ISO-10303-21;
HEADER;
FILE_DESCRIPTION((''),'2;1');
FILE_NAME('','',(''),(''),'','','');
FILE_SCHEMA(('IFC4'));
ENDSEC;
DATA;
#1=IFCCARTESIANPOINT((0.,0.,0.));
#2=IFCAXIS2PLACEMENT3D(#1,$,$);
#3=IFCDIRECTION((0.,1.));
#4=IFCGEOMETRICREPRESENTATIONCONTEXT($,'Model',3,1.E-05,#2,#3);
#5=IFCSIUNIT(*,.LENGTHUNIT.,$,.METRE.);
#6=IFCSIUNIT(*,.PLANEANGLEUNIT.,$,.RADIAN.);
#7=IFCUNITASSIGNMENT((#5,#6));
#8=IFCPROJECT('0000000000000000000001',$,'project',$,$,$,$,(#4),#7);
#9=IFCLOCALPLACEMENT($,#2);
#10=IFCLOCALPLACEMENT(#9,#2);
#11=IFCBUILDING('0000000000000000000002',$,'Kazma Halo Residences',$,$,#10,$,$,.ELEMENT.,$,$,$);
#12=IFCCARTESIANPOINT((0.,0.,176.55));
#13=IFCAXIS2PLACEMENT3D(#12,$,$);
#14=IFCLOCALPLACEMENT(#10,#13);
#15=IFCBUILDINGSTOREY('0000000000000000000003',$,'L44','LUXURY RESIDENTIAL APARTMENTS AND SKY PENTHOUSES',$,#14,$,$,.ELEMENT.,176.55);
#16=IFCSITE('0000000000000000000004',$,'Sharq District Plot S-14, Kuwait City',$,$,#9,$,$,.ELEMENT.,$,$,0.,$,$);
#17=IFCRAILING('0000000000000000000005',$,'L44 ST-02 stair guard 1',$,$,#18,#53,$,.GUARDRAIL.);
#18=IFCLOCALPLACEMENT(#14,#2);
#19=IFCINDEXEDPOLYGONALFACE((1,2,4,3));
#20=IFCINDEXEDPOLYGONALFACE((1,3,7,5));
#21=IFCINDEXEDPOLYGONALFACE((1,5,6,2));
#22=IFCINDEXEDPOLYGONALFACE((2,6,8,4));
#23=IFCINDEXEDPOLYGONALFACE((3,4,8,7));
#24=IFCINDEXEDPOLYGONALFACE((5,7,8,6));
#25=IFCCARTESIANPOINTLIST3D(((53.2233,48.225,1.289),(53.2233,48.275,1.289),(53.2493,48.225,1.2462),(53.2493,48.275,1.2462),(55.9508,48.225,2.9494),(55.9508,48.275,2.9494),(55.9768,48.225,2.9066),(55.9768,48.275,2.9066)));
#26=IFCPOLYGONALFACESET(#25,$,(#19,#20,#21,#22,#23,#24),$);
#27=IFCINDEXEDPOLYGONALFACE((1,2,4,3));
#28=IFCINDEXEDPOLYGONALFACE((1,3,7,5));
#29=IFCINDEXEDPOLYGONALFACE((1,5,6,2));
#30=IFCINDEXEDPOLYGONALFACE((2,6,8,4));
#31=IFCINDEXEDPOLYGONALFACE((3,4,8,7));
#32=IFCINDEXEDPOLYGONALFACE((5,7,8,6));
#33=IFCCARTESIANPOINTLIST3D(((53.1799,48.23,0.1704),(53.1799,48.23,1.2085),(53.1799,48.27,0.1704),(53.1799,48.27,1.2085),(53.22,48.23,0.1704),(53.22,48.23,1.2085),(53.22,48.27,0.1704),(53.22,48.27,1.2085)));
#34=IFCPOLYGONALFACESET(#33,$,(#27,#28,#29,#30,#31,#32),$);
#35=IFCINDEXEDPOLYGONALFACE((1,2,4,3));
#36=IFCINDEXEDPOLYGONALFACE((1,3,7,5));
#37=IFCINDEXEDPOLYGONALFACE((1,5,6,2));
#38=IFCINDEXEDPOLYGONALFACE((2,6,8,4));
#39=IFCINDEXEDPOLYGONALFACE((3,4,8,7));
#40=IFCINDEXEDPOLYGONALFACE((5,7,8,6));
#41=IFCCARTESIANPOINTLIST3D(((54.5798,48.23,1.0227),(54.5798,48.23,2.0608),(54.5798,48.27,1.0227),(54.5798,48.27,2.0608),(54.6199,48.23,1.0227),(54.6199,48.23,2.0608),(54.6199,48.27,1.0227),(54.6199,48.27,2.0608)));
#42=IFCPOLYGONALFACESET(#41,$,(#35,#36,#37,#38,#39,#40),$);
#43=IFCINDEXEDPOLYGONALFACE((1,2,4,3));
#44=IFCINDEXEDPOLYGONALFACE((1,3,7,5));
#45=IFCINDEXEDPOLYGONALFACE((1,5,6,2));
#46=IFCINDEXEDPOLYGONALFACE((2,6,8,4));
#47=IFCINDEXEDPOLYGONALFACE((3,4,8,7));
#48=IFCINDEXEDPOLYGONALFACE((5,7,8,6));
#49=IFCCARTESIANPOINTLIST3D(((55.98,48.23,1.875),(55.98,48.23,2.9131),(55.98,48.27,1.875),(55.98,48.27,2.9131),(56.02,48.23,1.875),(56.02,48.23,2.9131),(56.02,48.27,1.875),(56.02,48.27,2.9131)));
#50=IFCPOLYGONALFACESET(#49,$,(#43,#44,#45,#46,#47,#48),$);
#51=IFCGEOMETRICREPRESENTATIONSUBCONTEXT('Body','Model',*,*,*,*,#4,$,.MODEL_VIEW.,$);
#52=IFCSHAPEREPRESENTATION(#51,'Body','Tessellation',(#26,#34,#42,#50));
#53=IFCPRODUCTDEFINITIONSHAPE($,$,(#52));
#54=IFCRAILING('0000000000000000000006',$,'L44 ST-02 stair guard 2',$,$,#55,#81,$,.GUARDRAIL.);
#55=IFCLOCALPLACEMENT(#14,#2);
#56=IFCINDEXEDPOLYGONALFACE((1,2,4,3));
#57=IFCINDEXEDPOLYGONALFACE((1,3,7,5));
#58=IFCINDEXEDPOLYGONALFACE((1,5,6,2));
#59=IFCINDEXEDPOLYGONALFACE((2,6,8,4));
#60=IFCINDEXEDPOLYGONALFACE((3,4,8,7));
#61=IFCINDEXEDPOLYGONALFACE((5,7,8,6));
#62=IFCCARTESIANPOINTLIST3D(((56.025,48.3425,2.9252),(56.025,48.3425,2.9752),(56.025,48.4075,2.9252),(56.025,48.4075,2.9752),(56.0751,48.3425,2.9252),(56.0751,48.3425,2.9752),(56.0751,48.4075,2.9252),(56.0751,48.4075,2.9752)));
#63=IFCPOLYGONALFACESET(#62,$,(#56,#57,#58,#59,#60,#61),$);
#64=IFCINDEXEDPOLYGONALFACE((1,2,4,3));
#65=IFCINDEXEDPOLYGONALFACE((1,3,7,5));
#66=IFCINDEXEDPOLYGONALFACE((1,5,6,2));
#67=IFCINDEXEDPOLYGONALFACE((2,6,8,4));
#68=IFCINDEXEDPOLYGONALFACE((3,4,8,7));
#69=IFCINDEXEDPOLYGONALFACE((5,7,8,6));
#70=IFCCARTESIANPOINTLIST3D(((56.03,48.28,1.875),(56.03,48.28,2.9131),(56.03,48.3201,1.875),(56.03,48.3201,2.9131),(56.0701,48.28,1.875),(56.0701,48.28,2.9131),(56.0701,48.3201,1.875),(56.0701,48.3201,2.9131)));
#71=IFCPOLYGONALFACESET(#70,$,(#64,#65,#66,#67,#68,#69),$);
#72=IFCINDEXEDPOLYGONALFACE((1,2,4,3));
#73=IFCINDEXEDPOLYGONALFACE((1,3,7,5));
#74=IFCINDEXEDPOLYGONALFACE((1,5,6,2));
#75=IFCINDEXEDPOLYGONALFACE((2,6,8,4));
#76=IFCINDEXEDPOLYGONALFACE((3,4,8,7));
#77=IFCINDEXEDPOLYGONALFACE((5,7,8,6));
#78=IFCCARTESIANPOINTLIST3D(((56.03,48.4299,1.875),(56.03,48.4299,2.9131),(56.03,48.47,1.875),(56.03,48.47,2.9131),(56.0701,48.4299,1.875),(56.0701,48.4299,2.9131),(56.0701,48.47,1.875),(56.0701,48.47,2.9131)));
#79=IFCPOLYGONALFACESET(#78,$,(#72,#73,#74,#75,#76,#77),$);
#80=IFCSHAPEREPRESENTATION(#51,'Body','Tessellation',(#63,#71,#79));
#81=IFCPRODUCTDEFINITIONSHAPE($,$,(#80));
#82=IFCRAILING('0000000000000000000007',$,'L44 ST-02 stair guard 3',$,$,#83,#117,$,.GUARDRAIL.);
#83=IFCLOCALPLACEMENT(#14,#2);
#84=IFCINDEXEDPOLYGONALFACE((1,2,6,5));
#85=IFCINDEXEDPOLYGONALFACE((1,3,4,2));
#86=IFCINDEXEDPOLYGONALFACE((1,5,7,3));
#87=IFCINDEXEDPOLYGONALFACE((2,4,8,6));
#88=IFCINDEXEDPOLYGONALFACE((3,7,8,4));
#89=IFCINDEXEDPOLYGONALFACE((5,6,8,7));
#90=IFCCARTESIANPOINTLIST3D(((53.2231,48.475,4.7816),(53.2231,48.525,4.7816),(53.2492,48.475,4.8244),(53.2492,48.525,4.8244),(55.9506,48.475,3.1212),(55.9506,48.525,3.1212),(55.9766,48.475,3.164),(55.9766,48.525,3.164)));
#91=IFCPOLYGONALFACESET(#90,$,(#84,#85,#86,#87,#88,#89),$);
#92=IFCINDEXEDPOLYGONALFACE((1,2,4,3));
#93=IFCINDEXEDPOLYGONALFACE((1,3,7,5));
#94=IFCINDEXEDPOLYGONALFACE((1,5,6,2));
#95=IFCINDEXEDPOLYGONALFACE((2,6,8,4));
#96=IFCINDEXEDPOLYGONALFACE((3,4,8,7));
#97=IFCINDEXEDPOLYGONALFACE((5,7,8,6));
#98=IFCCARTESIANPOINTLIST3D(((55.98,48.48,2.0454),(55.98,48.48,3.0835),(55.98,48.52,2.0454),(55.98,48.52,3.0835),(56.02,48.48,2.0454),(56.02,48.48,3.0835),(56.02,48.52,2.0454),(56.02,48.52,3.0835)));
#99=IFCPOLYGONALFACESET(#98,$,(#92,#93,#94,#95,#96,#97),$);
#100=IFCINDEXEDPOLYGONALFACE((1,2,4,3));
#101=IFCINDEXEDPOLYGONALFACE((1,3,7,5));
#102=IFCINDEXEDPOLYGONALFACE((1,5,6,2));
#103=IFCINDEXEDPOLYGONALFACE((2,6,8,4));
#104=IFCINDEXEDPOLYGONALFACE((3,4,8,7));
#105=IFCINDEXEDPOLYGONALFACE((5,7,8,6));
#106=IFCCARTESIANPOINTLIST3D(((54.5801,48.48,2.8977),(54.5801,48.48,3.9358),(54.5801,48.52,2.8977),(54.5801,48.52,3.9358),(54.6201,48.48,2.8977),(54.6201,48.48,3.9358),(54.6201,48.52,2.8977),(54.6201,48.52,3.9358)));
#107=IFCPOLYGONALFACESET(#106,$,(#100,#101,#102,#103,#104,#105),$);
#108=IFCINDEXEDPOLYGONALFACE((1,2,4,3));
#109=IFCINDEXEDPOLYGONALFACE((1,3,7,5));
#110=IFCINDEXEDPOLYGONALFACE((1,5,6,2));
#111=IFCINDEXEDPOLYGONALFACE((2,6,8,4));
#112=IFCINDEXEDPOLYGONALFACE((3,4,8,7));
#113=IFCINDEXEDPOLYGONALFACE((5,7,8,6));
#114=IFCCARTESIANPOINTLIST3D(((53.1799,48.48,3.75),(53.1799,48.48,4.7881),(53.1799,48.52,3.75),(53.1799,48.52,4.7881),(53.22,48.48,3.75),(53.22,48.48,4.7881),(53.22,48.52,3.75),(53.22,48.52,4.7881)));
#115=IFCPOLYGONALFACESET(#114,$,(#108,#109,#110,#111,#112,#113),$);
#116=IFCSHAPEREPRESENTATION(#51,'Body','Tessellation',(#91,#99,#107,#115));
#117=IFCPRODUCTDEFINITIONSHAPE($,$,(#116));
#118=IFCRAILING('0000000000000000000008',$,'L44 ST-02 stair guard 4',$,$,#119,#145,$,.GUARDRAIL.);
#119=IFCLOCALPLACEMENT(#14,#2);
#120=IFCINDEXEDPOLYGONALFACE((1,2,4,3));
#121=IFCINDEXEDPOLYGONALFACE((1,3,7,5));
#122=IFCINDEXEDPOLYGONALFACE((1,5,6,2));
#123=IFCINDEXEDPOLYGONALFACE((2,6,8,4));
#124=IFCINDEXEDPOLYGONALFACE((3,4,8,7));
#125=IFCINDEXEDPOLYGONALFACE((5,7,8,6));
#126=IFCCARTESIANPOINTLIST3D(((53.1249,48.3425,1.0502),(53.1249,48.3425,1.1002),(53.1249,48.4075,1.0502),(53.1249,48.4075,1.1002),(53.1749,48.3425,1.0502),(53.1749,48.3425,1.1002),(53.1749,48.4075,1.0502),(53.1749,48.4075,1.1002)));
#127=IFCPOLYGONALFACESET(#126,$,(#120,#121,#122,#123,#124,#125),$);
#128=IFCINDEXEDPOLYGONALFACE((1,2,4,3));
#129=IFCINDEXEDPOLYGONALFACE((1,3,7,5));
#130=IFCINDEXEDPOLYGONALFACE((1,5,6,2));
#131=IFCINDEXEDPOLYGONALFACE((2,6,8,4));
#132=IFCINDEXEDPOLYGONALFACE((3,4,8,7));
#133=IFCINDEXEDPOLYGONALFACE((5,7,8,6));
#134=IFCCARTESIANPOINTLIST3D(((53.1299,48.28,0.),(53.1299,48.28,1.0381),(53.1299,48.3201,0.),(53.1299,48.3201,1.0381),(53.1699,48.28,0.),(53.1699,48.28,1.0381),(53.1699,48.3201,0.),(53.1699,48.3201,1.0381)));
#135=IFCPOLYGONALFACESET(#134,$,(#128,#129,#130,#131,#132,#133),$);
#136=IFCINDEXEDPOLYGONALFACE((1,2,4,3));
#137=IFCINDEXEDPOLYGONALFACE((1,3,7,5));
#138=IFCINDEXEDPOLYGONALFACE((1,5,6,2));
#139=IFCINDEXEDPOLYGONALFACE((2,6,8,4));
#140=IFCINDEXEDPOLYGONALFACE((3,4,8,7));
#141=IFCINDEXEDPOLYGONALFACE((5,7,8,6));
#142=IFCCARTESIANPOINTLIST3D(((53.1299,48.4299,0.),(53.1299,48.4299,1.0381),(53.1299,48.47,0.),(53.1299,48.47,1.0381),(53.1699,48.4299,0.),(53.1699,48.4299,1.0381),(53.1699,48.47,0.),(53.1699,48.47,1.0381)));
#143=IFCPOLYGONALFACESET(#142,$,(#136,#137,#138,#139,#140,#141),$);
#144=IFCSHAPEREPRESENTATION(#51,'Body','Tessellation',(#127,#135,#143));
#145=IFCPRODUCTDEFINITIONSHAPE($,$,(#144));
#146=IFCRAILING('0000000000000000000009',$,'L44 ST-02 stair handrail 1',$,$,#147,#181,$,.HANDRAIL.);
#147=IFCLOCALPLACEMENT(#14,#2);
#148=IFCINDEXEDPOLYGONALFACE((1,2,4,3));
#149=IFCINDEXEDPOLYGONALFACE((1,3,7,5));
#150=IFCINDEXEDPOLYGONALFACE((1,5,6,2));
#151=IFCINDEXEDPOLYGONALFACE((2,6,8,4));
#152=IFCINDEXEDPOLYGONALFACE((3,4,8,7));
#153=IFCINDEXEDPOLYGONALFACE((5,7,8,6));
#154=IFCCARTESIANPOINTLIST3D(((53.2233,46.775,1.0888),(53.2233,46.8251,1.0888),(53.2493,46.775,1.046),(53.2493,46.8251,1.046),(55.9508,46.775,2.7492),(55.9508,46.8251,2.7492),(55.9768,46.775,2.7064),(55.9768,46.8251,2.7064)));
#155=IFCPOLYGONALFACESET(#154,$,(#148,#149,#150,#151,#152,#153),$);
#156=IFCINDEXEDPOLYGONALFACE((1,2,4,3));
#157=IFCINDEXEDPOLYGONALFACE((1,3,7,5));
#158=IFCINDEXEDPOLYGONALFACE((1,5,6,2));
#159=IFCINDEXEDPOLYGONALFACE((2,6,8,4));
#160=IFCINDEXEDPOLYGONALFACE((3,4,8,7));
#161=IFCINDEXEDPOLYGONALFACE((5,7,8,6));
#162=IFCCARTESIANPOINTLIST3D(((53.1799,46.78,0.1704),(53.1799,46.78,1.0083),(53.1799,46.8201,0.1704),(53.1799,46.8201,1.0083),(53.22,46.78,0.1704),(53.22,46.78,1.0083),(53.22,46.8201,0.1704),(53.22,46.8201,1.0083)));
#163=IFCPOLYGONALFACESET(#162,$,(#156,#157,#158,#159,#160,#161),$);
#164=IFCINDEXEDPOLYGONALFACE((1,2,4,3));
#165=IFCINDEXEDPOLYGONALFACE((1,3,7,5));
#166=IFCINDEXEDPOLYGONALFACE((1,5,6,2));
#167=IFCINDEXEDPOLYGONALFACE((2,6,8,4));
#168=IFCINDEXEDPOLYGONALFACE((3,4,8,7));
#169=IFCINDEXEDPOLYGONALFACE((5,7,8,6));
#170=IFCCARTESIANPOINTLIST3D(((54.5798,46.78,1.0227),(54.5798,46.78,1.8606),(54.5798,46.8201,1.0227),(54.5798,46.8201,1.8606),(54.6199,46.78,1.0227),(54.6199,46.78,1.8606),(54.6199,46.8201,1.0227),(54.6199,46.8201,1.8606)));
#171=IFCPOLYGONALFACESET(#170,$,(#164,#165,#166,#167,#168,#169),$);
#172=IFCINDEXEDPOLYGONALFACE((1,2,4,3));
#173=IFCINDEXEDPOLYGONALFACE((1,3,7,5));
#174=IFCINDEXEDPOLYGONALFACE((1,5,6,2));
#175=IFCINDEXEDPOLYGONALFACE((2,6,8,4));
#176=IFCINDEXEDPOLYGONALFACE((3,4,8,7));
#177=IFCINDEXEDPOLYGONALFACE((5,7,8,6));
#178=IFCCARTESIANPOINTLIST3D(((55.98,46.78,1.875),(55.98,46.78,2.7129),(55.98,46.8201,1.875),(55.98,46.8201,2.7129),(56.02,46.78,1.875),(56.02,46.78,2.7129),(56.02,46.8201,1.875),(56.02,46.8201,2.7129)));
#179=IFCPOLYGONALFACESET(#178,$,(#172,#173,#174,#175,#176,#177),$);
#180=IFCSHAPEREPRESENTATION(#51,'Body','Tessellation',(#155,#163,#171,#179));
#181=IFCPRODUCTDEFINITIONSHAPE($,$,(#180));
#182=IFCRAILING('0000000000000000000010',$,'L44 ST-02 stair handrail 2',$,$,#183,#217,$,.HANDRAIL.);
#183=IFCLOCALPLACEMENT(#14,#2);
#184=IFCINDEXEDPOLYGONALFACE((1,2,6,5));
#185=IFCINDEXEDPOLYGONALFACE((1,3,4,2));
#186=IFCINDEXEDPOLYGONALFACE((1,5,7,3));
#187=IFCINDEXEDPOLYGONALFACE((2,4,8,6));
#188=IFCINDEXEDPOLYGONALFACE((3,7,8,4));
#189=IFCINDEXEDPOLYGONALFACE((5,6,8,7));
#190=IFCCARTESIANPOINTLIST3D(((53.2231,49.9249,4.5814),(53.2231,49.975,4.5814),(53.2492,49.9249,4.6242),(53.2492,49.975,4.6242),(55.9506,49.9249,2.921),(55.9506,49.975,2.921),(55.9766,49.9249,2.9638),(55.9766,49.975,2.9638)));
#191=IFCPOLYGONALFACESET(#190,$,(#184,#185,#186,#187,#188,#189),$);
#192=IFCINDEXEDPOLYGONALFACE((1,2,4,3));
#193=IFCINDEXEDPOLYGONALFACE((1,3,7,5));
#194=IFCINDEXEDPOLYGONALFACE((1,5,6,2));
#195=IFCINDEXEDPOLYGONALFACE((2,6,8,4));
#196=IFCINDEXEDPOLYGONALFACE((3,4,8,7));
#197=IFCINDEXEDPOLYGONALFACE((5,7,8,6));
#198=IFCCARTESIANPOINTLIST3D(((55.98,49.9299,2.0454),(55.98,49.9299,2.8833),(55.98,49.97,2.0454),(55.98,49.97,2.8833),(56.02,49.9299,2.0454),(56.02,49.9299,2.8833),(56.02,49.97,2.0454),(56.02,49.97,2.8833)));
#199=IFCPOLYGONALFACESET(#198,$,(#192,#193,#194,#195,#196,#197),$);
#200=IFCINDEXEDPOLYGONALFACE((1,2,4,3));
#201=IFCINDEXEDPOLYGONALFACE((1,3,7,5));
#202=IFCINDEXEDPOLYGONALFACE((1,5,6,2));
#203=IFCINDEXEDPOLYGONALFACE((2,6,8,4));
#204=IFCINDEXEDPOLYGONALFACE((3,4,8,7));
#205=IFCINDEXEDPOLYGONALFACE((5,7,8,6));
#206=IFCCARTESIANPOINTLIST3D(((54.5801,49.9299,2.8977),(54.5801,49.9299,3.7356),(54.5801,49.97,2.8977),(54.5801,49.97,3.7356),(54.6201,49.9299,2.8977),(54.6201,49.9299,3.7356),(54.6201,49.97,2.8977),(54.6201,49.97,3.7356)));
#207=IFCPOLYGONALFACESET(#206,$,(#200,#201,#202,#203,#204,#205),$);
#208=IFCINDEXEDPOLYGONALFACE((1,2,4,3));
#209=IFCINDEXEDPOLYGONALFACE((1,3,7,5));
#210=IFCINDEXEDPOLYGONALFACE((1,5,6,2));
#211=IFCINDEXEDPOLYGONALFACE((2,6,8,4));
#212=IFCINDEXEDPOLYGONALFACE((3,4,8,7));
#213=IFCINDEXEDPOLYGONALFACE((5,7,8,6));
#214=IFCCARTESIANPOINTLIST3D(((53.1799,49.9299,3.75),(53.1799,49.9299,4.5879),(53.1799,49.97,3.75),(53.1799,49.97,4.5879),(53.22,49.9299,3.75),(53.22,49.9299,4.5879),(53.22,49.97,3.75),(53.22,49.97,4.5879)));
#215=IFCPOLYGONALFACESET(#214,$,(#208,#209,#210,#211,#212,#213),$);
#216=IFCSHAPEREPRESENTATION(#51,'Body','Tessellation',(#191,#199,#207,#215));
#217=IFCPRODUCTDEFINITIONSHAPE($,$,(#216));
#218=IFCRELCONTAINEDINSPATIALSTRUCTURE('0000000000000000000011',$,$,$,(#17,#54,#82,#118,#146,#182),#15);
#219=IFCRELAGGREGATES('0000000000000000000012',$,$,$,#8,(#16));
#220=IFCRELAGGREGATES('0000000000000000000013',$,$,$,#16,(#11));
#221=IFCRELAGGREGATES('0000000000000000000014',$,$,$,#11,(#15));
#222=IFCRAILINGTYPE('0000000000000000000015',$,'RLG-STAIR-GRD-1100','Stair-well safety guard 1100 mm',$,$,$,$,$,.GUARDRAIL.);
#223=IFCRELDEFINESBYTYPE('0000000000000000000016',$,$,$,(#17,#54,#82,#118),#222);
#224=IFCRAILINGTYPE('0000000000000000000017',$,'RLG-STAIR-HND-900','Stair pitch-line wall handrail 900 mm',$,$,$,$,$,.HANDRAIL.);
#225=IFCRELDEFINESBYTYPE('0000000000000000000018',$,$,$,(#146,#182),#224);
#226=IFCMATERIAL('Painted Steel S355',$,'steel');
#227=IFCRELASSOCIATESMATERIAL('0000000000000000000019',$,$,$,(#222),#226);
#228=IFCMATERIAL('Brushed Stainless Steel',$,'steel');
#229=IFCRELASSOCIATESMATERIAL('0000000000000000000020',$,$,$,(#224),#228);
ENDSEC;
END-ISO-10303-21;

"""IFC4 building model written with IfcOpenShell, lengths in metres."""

from ifc_helpers import new_model, si_unit, direction, frame, origin, origin_2d, place, context, subcontext, project, spatial, rectangle, extrude, material, type_object, element, save


model = new_model("IFC4")

# Units and contexts
model_context = context("Model", 3, precision=1e-05, world=origin(), true_north=direction((0.0, 1.0)))
body_context = subcontext(model_context, "Body", "Model", "MODEL_VIEW")
ifc_project = project(units=[si_unit("LENGTHUNIT", "METRE"), si_unit("PLANEANGLEUNIT", "RADIAN")], contexts=[model_context])

# Site, building, storey
site_placement = place(None, origin())
site = spatial("IfcSite", under=ifc_project, at=site_placement, Name="Sharq District Plot S-14, Kuwait City", CompositionType="ELEMENT", RefElevation=0.0)
building_placement = place(site_placement, origin())
building = spatial("IfcBuilding", under=site, at=building_placement, Name="Kazma Halo Residences", CompositionType="ELEMENT")
storey_placement = place(building_placement, frame((0.0, 0.0, 176.55)))
storey = spatial("IfcBuildingStorey", under=building, at=storey_placement, Name="L44", Description="LUXURY RESIDENTIAL APARTMENTS AND SKY PENTHOUSES", CompositionType="ELEMENT", Elevation=176.55)

# Railings
ifc_material_1 = material(Name="Painted Steel S355", Category="steel")
railing_type_1 = type_object("IfcRailingType", Name="RLG-STAIR-GRD-1100", Description="Stair-well safety guard 1100 mm", PredefinedType="GUARDRAIL", material=ifc_material_1)
railing_1_placement = place(storey_placement, frame((53.2, 48.25, 0.1704)))
element("IfcRailing", 1, at=railing_1_placement, inside=storey, type_object=railing_type_1, Name="L44 ST-02 stair guard 1", PredefinedType="GUARDRAIL", context=body_context, shape_type="SweptSolid", body=[
    extrude(rectangle(XDim=0.05, YDim=0.05, at=origin_2d()), frame((0.0364, 0.0, 1.0972), z_axis=(0.85417, 0.0, 0.519994), x_axis=(0.0, 1.0, 0.0)), (0.0, 0.0, 1.0), 3.1931),
    extrude(rectangle(XDim=0.04, YDim=0.04, at=origin_2d()), origin(), (0.0, 0.0, 1.0), 1.0381),
    extrude(rectangle(XDim=0.04, YDim=0.04, at=origin_2d()), frame((1.3999, 0.0, 0.8523)), (0.0, 0.0, 1.0), 1.0381),
    extrude(rectangle(XDim=0.04, YDim=0.04, at=origin_2d()), frame((2.8, 0.0, 1.7046)), (0.0, 0.0, 1.0), 1.0381),
])
railing_2_placement = place(storey_placement, frame((56.05, 48.3, 1.875)))
element("IfcRailing", 2, at=railing_2_placement, inside=storey, type_object=railing_type_1, Name="L44 ST-02 stair guard 2", PredefinedType="GUARDRAIL", context=body_context, shape_type="SweptSolid", body=[
    extrude(rectangle(XDim=0.05, YDim=0.05, at=origin_2d()), frame((0.0, 0.0425, 1.0752), z_axis=(0.0, 1.0, 0.0), x_axis=(-1.0, 0.0, 0.0)), (0.0, 0.0, 1.0), 0.0649),
    extrude(rectangle(XDim=0.04, YDim=0.04, at=origin_2d()), origin(), (0.0, 0.0, 1.0), 1.0381),
    extrude(rectangle(XDim=0.04, YDim=0.04, at=origin_2d()), frame((0.0, 0.1499, 0.0)), (0.0, 0.0, 1.0), 1.0381),
])
railing_3_placement = place(storey_placement, frame((56.0, 48.5, 2.0454)))
element("IfcRailing", 3, at=railing_3_placement, inside=storey, type_object=railing_type_1, Name="L44 ST-02 stair guard 3", PredefinedType="GUARDRAIL", context=body_context, shape_type="SweptSolid", body=[
    extrude(rectangle(XDim=0.05, YDim=0.05, at=origin_2d()), frame((-0.0364, 0.0, 1.0972), z_axis=(-0.85417, 0.0, 0.519994), x_axis=(0.0, -1.0, 0.0)), (0.0, 0.0, 1.0), 3.1931),
    extrude(rectangle(XDim=0.04, YDim=0.04, at=origin_2d()), origin(), (0.0, 0.0, 1.0), 1.0381),
    extrude(rectangle(XDim=0.04, YDim=0.04, at=origin_2d()), frame((-1.3999, 0.0, 0.8523)), (0.0, 0.0, 1.0), 1.0381),
    extrude(rectangle(XDim=0.04, YDim=0.04, at=origin_2d()), frame((-2.8, 0.0, 1.7046)), (0.0, 0.0, 1.0), 1.0381),
])
railing_4_placement = place(storey_placement, frame((53.1499, 48.3, 0.0)))
element("IfcRailing", 4, at=railing_4_placement, inside=storey, type_object=railing_type_1, Name="L44 ST-02 stair guard 4", PredefinedType="GUARDRAIL", context=body_context, shape_type="SweptSolid", body=[
    extrude(rectangle(XDim=0.05, YDim=0.05, at=origin_2d()), frame((0.0, 0.0425, 1.0752), z_axis=(0.0, 1.0, 0.0), x_axis=(-1.0, 0.0, 0.0)), (0.0, 0.0, 1.0), 0.0649),
    extrude(rectangle(XDim=0.04, YDim=0.04, at=origin_2d()), origin(), (0.0, 0.0, 1.0), 1.0381),
    extrude(rectangle(XDim=0.04, YDim=0.04, at=origin_2d()), frame((0.0, 0.1499, 0.0)), (0.0, 0.0, 1.0), 1.0381),
])
ifc_material_2 = material(Name="Brushed Stainless Steel", Category="steel")
railing_type_2 = type_object("IfcRailingType", Name="RLG-STAIR-HND-900", Description="Stair pitch-line wall handrail 900 mm", PredefinedType="HANDRAIL", material=ifc_material_2)
railing_5_placement = place(storey_placement, frame((53.2, 46.8, 0.1704)))
element("IfcRailing", 5, at=railing_5_placement, inside=storey, type_object=railing_type_2, Name="L44 ST-02 stair handrail 1", PredefinedType="HANDRAIL", context=body_context, shape_type="SweptSolid", body=[
    extrude(rectangle(XDim=0.05, YDim=0.05, at=origin_2d()), frame((0.0364, 0.0, 0.897), z_axis=(0.85417, 0.0, 0.519994), x_axis=(0.0, 1.0, 0.0)), (0.0, 0.0, 1.0), 3.1931),
    extrude(rectangle(XDim=0.04, YDim=0.04, at=origin_2d()), origin(), (0.0, 0.0, 1.0), 0.8379),
    extrude(rectangle(XDim=0.04, YDim=0.04, at=origin_2d()), frame((1.3999, 0.0, 0.8523)), (0.0, 0.0, 1.0), 0.8379),
    extrude(rectangle(XDim=0.04, YDim=0.04, at=origin_2d()), frame((2.8, 0.0, 1.7046)), (0.0, 0.0, 1.0), 0.8379),
])
railing_6_placement = place(storey_placement, frame((56.0, 49.95, 2.0454)))
element("IfcRailing", 6, at=railing_6_placement, inside=storey, type_object=railing_type_2, Name="L44 ST-02 stair handrail 2", PredefinedType="HANDRAIL", context=body_context, shape_type="SweptSolid", body=[
    extrude(rectangle(XDim=0.05, YDim=0.05, at=origin_2d()), frame((-0.0364, 0.0, 0.897), z_axis=(-0.85417, 0.0, 0.519994), x_axis=(0.0, -1.0, 0.0)), (0.0, 0.0, 1.0), 3.1931),
    extrude(rectangle(XDim=0.04, YDim=0.04, at=origin_2d()), origin(), (0.0, 0.0, 1.0), 0.8379),
    extrude(rectangle(XDim=0.04, YDim=0.04, at=origin_2d()), frame((-1.3999, 0.0, 0.8523)), (0.0, 0.0, 1.0), 0.8379),
    extrude(rectangle(XDim=0.04, YDim=0.04, at=origin_2d()), frame((-2.8, 0.0, 1.7046)), (0.0, 0.0, 1.0), 0.8379),
])

save(model, "model.ifc")
